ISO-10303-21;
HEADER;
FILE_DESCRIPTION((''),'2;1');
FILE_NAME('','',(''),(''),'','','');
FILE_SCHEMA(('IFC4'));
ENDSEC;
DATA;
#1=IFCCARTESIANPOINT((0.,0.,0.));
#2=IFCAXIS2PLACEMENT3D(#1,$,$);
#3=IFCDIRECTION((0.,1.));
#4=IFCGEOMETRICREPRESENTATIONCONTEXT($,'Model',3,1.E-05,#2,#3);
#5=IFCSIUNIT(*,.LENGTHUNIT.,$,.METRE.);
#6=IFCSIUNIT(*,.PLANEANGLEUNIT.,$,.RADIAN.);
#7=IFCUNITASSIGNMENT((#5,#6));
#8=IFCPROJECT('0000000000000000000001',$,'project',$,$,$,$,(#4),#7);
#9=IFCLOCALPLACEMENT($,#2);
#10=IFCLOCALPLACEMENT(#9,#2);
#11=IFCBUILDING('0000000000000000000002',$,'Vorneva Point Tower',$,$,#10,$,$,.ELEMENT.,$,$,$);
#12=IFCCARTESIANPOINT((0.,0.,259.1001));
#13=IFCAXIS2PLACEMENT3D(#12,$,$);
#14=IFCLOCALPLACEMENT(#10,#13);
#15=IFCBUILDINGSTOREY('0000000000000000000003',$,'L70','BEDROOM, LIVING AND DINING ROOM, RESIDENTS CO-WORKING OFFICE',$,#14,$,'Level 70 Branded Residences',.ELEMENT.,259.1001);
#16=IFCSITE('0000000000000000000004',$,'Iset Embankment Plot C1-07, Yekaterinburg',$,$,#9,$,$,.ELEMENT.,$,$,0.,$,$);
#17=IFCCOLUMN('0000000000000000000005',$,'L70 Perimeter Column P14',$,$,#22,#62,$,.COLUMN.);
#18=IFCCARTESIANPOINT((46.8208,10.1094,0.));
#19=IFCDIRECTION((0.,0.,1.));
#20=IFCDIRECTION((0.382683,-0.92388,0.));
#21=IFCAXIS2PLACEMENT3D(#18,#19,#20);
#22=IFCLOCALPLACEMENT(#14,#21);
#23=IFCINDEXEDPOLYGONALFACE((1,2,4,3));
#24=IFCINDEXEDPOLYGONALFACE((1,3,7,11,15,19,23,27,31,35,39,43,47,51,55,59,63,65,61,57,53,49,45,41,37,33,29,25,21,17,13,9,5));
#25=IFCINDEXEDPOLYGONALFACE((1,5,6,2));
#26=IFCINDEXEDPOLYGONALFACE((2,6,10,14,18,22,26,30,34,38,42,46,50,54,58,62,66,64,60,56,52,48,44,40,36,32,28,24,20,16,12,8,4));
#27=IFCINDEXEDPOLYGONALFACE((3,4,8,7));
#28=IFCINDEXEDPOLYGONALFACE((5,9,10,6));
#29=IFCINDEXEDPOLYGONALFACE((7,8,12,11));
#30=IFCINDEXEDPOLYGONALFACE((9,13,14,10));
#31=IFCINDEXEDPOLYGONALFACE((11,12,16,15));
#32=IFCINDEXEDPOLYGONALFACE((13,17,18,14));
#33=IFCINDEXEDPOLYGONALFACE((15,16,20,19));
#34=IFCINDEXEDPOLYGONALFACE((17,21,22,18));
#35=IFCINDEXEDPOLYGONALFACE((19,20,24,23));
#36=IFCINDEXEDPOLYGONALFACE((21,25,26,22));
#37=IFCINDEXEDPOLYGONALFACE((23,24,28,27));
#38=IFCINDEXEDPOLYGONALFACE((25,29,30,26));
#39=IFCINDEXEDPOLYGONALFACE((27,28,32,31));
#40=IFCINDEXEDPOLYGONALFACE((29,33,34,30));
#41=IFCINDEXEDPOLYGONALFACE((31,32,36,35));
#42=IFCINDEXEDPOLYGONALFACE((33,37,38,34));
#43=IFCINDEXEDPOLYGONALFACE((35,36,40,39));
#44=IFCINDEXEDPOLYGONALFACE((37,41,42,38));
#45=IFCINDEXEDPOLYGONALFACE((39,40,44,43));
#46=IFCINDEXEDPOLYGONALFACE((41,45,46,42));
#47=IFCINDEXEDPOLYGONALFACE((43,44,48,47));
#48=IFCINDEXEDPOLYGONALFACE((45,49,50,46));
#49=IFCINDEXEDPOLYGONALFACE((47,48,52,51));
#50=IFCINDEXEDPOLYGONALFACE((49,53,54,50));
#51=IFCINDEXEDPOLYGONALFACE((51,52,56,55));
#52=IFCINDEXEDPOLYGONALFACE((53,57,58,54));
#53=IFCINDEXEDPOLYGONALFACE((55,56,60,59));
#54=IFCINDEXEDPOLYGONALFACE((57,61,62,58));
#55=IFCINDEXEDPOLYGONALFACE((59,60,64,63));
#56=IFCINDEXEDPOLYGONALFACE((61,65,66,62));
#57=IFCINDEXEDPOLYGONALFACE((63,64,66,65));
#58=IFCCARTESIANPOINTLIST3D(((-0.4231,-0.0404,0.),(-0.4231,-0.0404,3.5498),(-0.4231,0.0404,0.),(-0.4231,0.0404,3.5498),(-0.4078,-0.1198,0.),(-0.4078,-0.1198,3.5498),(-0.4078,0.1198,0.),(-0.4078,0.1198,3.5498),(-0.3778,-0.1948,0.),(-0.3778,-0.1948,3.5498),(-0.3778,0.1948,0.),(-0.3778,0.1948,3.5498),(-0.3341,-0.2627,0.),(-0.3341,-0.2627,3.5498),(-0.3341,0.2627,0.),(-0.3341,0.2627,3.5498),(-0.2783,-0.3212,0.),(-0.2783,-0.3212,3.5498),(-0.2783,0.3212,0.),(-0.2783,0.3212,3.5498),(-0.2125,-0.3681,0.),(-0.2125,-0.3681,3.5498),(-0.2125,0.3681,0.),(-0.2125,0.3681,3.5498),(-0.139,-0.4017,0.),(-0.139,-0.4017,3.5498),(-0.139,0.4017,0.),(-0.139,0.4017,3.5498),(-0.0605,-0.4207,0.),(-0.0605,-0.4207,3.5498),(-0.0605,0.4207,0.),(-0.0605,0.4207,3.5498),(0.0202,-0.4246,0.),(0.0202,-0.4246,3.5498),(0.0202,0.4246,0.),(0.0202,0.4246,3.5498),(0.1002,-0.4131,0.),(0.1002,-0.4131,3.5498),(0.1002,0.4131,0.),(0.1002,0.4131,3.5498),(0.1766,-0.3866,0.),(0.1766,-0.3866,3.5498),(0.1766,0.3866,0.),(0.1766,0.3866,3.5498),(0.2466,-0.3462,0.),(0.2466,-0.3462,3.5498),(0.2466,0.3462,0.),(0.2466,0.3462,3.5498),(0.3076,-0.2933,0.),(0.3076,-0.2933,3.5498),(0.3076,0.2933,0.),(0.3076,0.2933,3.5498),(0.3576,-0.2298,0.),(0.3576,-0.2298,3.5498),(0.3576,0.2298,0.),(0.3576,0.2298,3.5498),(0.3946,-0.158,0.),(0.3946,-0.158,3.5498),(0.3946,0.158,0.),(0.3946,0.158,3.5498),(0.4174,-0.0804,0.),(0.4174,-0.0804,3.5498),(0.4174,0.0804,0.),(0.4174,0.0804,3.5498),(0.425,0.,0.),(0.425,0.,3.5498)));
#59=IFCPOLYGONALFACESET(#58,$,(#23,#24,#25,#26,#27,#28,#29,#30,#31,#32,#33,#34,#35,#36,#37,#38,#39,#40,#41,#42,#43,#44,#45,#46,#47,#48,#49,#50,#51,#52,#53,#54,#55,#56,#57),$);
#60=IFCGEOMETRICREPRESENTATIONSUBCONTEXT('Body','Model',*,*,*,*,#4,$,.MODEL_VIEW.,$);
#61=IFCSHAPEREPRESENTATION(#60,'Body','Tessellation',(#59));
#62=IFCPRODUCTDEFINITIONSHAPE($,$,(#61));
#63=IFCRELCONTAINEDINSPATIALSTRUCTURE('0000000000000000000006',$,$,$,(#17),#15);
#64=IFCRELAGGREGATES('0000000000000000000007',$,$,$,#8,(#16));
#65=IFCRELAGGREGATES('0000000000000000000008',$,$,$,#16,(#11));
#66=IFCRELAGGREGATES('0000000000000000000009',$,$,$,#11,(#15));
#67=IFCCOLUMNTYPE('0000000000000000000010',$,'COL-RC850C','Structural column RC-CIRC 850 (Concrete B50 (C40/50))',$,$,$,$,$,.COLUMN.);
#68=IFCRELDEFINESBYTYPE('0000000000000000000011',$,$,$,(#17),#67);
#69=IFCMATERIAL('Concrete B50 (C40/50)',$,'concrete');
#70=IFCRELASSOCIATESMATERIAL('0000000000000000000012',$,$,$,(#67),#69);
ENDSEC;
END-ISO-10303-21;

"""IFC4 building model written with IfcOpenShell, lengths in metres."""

from ifc_helpers import new_model, si_unit, direction, frame, origin, origin_2d, place, context, subcontext, project, spatial, circle, extrude, material, material_profile, profile_set, type_object, element, save


model = new_model("IFC4")

# Units and contexts
model_context = context("Model", 3, precision=1e-05, world=origin(), true_north=direction((0.0, 1.0)))
body_context = subcontext(model_context, "Body", "Model", "MODEL_VIEW")
ifc_project = project(units=[si_unit("LENGTHUNIT", "METRE"), si_unit("PLANEANGLEUNIT", "RADIAN")], contexts=[model_context])

# Site, building, storey
site_placement = place(None, origin())
site = spatial("IfcSite", under=ifc_project, at=site_placement, Name="Iset Embankment Plot C1-07, Yekaterinburg", CompositionType="ELEMENT", RefElevation=0.0)
building_placement = place(site_placement, origin())
building = spatial("IfcBuilding", under=site, at=building_placement, Name="Vorneva Point Tower", CompositionType="ELEMENT")
storey_placement = place(building_placement, frame((0.0, 0.0, 259.1001)))
storey = spatial("IfcBuildingStorey", under=building, at=storey_placement, Name="L70", Description="BEDROOM, LIVING AND DINING ROOM, RESIDENTS CO-WORKING OFFICE", LongName="Level 70 Branded Residences", CompositionType="ELEMENT", Elevation=259.1001)

# Column
ifc_material_1 = material(Name="Concrete B50 (C40/50)", Category="concrete")
ifc_material_profile_1 = material_profile(ifc_material_1, circle(Radius=0.425, at=origin_2d()), Name="RC-CIRC 850")
ifc_profile_set_1 = profile_set([ifc_material_profile_1], Name="Concrete B50 (C40/50)")
column_type = type_object("IfcColumnType", Name="COL-RC850C", Description="Structural column RC-CIRC 850 (Concrete B50 (C40/50))", PredefinedType="COLUMN", material=ifc_profile_set_1)
column_placement = place(storey_placement, frame((46.8208, 10.1094, 0.0), z_axis=(0.0, 0.0, 1.0), x_axis=(0.382683, -0.92388, 0.0)))
element("IfcColumn", 1, at=column_placement, inside=storey, type_object=column_type, Name="L70 Perimeter Column P14", PredefinedType="COLUMN", context=body_context, shape_type="SweptSolid", body=[
    extrude(circle(Radius=0.425, at=origin_2d()), origin(), (0.0, 0.0, 1.0), 3.5498),
])

save(model, "model.ifc")
